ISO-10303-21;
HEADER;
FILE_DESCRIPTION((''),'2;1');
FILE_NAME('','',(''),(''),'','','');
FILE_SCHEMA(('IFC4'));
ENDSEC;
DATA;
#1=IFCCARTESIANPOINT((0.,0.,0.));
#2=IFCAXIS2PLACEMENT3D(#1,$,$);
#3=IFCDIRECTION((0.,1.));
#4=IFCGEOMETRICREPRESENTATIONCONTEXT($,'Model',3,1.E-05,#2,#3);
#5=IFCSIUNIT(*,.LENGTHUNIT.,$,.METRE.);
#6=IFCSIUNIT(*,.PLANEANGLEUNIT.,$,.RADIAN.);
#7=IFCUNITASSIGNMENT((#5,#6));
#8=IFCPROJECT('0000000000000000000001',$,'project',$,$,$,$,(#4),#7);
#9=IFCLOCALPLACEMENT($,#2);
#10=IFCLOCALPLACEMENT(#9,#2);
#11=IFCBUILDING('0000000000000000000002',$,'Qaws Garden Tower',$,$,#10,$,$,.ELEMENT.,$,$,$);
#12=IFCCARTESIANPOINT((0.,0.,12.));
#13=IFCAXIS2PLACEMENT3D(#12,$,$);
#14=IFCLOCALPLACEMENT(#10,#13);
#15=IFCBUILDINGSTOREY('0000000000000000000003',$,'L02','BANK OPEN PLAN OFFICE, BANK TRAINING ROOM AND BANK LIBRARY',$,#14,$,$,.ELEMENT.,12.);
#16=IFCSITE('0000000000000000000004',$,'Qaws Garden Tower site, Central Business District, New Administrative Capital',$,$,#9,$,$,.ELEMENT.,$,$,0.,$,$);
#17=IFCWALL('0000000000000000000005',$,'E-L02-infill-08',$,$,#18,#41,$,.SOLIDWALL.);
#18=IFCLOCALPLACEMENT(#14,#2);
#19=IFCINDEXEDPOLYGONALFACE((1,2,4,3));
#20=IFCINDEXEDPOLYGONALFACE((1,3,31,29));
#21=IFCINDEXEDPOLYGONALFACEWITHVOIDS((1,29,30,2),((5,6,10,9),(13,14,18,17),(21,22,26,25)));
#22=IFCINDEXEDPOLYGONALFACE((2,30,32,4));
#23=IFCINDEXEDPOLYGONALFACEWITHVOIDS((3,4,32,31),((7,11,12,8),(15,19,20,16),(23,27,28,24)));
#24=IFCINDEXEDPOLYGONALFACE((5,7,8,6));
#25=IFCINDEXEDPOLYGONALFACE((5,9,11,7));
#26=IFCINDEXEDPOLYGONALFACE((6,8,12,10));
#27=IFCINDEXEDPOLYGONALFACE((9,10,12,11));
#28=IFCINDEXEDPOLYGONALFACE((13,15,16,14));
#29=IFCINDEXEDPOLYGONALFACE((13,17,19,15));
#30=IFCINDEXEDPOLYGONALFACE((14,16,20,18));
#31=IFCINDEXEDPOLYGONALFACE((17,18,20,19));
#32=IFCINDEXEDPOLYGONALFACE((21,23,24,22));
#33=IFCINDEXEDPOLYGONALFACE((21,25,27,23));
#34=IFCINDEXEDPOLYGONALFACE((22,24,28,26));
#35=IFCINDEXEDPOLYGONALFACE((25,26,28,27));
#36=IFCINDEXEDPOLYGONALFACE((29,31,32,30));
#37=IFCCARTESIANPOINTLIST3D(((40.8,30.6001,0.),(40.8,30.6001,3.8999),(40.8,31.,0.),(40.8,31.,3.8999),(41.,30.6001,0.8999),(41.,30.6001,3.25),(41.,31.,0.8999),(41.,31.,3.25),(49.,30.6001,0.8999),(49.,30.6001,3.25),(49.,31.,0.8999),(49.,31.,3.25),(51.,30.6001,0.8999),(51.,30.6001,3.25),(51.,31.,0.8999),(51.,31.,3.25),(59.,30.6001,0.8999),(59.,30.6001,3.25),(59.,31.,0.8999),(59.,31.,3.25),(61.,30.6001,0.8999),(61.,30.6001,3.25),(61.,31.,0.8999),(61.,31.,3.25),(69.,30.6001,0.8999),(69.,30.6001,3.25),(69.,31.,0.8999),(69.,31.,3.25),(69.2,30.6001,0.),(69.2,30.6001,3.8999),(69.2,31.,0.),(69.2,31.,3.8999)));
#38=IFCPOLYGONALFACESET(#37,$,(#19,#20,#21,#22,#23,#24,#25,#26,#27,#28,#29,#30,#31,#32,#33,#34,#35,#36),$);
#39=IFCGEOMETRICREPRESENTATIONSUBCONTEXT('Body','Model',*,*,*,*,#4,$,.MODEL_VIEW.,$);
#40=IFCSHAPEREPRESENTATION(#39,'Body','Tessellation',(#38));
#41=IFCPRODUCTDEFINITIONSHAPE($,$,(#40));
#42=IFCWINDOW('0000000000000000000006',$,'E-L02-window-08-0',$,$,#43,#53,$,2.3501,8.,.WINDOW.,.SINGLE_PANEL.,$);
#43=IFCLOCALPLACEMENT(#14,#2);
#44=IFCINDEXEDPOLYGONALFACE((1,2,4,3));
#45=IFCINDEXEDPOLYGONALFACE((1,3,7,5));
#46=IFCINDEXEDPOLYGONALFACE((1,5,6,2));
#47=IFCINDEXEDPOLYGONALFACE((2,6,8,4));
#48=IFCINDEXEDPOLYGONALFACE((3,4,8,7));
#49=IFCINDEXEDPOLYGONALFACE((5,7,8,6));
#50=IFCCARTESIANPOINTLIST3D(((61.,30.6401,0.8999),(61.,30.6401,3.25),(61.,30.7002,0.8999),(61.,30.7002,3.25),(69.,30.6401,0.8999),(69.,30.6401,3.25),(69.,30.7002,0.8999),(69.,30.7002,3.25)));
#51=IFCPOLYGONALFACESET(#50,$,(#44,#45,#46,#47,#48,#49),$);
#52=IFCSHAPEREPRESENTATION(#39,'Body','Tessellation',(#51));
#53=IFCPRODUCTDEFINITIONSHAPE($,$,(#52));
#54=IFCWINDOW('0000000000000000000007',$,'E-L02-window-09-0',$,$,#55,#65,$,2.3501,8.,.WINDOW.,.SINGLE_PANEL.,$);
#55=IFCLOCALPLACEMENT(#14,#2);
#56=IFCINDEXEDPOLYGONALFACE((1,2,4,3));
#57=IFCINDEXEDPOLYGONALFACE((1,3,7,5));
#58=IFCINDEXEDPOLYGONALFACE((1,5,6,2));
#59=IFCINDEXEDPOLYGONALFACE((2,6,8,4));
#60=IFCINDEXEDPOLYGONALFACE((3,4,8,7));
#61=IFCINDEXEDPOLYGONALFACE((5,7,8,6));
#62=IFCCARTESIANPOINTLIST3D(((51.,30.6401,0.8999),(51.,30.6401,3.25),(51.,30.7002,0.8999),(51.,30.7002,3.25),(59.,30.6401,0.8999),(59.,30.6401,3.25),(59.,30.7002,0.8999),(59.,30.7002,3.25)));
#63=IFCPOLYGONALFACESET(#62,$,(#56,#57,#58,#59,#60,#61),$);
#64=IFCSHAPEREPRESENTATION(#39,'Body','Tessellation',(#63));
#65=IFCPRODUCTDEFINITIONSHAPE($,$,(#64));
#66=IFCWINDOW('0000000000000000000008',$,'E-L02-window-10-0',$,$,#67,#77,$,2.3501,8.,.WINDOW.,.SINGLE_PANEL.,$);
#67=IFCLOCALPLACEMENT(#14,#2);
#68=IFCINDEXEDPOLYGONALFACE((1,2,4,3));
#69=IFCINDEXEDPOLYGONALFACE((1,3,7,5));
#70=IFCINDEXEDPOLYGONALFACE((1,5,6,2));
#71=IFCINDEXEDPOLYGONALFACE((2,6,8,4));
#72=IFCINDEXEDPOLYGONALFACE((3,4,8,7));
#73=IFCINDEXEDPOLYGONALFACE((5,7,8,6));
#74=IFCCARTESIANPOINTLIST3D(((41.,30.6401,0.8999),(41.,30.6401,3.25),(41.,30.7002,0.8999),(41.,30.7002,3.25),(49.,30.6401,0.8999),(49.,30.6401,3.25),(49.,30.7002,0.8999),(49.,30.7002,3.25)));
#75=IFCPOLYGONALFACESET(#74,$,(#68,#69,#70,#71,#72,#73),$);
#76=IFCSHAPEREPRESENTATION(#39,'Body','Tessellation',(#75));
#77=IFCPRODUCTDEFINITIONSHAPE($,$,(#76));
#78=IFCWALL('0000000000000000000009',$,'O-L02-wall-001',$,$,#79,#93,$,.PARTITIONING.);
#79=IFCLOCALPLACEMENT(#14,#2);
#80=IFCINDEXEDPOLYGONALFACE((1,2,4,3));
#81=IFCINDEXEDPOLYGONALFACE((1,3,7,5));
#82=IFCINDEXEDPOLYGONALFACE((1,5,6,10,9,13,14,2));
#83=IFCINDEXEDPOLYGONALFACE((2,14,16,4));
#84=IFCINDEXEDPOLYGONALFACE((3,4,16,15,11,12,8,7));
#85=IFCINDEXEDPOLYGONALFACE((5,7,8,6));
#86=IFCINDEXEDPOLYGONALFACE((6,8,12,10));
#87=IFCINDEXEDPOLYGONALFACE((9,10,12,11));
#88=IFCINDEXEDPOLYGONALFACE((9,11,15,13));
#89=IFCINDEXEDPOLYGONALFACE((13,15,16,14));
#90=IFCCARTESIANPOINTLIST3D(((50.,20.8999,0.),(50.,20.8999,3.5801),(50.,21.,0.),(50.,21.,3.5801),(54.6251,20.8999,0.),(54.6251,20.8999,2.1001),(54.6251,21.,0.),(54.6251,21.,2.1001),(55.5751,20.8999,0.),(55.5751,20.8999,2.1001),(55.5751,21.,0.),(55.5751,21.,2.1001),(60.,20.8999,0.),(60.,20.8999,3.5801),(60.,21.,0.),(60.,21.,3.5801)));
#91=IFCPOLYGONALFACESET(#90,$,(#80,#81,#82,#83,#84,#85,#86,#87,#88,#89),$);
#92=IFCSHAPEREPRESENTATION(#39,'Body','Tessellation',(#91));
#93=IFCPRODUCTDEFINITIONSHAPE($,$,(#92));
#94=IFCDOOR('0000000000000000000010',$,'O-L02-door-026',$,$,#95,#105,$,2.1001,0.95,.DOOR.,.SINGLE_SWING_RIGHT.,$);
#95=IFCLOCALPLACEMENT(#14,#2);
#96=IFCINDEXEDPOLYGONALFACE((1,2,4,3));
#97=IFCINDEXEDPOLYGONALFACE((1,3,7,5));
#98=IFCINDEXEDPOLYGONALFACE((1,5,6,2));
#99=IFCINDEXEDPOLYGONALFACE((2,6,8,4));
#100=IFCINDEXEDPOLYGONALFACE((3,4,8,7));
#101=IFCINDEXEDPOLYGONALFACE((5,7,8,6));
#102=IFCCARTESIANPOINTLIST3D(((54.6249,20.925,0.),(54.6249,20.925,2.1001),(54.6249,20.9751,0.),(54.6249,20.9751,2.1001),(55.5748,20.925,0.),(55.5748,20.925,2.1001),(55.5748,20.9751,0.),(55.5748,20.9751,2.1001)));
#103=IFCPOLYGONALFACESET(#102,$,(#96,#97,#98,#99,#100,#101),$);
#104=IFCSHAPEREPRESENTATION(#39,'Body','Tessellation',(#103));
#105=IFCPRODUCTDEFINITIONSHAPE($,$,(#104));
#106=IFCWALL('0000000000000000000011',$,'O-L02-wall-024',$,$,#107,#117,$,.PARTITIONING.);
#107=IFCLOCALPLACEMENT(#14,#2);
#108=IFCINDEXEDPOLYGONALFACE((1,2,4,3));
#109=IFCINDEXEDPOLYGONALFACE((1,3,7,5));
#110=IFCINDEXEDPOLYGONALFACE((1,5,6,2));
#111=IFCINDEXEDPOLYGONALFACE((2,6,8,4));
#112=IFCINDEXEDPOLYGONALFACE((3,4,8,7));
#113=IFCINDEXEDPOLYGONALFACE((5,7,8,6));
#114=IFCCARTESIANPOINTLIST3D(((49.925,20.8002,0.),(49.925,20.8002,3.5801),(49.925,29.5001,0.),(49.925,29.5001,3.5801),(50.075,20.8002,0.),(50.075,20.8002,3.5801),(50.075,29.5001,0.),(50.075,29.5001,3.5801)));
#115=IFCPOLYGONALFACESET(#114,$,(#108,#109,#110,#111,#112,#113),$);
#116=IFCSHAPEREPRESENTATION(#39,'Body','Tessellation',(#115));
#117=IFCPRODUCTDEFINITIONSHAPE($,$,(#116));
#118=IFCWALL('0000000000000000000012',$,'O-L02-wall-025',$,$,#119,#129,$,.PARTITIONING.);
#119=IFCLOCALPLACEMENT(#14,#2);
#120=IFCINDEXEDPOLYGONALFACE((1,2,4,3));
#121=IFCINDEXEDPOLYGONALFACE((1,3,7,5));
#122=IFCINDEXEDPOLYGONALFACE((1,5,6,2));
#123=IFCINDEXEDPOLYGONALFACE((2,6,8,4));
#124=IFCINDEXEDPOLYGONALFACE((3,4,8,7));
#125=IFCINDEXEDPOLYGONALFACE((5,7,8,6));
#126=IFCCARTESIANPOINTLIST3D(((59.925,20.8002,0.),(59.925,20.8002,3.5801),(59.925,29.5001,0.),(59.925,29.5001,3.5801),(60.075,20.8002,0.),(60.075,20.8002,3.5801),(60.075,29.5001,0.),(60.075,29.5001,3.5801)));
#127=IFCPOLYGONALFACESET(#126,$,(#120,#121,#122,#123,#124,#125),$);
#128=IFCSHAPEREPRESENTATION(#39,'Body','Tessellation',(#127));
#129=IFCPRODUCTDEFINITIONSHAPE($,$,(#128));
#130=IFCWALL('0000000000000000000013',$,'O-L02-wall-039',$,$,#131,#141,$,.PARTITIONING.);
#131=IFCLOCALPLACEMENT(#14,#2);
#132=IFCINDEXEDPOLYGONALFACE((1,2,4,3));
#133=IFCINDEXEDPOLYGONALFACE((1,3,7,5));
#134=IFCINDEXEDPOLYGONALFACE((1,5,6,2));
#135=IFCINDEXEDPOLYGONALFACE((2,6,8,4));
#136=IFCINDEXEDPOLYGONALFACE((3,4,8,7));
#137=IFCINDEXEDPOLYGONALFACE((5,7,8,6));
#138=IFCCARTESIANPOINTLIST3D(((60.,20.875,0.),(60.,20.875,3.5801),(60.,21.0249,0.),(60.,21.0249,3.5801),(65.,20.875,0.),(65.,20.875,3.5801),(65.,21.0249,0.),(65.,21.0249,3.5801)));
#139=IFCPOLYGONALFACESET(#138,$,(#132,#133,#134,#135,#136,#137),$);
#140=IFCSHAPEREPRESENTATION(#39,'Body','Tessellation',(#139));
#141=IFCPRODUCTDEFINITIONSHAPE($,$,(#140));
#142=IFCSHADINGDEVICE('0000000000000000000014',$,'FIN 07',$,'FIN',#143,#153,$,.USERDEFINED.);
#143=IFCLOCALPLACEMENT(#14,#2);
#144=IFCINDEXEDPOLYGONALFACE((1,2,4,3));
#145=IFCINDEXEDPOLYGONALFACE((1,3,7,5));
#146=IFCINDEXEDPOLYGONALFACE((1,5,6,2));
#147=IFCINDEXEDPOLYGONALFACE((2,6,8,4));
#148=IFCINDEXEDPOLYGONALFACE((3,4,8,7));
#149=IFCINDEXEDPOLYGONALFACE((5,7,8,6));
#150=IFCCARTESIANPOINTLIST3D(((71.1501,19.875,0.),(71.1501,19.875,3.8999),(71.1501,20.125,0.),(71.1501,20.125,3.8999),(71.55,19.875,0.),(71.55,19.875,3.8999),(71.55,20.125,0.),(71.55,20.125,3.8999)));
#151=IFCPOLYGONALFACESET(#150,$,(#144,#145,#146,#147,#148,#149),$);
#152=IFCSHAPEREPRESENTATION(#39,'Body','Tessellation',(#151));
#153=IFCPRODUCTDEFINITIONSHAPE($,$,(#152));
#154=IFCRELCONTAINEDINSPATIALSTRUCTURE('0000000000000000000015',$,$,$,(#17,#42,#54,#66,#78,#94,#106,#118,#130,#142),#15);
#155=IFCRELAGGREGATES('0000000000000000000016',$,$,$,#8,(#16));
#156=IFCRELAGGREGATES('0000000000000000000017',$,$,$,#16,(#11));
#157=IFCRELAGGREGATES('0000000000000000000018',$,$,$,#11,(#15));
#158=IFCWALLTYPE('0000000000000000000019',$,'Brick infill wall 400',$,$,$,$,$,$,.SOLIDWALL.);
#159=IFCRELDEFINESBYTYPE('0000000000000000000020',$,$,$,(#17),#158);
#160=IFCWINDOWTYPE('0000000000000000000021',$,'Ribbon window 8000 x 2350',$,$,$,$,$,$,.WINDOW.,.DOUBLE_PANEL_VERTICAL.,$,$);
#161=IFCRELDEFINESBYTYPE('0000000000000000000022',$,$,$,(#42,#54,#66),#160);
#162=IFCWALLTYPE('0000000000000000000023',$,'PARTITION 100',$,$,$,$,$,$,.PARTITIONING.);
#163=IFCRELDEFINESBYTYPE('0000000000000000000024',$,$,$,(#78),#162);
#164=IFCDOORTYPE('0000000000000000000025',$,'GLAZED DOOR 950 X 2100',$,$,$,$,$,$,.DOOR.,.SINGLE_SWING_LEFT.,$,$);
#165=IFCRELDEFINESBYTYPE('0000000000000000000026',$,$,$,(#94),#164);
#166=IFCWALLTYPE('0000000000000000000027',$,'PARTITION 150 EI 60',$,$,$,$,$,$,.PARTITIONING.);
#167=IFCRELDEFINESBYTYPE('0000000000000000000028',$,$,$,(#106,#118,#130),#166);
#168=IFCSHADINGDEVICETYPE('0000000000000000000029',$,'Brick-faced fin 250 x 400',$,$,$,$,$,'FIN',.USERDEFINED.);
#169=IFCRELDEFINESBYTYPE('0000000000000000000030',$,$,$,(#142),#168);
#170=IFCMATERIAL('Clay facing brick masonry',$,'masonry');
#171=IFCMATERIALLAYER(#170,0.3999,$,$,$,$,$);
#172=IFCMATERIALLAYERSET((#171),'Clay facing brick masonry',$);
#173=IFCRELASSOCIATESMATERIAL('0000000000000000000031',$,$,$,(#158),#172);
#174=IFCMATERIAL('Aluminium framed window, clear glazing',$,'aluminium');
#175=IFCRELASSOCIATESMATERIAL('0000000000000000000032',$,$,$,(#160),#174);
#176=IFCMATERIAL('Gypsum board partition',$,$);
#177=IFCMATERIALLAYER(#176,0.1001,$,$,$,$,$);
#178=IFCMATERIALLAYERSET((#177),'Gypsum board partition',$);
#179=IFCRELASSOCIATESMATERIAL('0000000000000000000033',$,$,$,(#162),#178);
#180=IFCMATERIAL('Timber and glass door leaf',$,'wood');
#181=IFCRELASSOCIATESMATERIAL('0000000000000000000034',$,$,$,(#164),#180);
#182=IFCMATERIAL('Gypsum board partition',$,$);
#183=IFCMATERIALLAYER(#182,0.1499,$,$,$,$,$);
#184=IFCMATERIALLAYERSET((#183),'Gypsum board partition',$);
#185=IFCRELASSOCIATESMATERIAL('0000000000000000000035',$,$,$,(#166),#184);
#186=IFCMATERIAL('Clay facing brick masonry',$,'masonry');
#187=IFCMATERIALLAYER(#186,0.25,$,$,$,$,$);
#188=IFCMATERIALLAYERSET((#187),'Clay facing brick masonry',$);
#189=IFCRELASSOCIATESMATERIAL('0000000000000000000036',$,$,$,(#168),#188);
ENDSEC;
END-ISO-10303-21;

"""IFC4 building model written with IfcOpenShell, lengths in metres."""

from ifc_helpers import new_model, si_unit, direction, frame, frame_2d, origin, origin_2d, place, context, subcontext, project, spatial, rectangle, extrude, material, layer, layer_set, type_object, element, fill, save


model = new_model("IFC4")

# Units and contexts
model_context = context("Model", 3, precision=1e-05, world=origin(), true_north=direction((0.0, 1.0)))
body_context = subcontext(model_context, "Body", "Model", "MODEL_VIEW")
ifc_project = project(units=[si_unit("LENGTHUNIT", "METRE"), si_unit("PLANEANGLEUNIT", "RADIAN")], contexts=[model_context])

# Site, building, storey
site_placement = place(None, origin())
site = spatial("IfcSite", under=ifc_project, at=site_placement, Name="Qaws Garden Tower site, Central Business District, New Administrative Capital", CompositionType="ELEMENT", RefElevation=0.0)
building_placement = place(site_placement, origin())
building = spatial("IfcBuilding", under=site, at=building_placement, Name="Qaws Garden Tower", CompositionType="ELEMENT")
storey_placement = place(building_placement, frame((0.0, 0.0, 12.0)))
storey = spatial("IfcBuildingStorey", under=building, at=storey_placement, Name="L02", Description="BANK OPEN PLAN OFFICE, BANK TRAINING ROOM AND BANK LIBRARY", CompositionType="ELEMENT", Elevation=12.0)

# Wall, openings, windows
ifc_material_1 = material(Name="Clay facing brick masonry", Category="masonry")
ifc_layer_1 = layer(ifc_material_1, 0.3999)
ifc_layer_set_1 = layer_set([ifc_layer_1], Name="Clay facing brick masonry")
wall_type_1 = type_object("IfcWallType", Name="Brick infill wall 400", PredefinedType="SOLIDWALL", material=ifc_layer_set_1)
wall_1_placement = place(storey_placement, frame((69.2, 30.8, 0.0), z_axis=(0.0, 0.0, 1.0), x_axis=(-1.0, 0.0, 0.0)))
wall_1 = element("IfcWall", 1, at=wall_1_placement, inside=storey, type_object=wall_type_1, Name="E-L02-infill-08", PredefinedType="SOLIDWALL", context=body_context, shape_type="SweptSolid", body=[
    extrude(rectangle(XDim=28.3999, YDim=0.3999, at=frame_2d((14.2, 0.0))), origin(), (0.0, 0.0, 1.0), 3.8999),
])
opening_1_placement = place(wall_1_placement, frame((0.2, 0.0, 0.8999)))
opening_1 = element("IfcOpeningElement", 2, at=opening_1_placement, cuts=wall_1, PredefinedType="OPENING", context=body_context, shape_type="SweptSolid", body=[
    extrude(rectangle(XDim=8.0, YDim=2.3501, at=frame_2d((4.0, 1.175))), frame((0.0, 0.21, 0.0), z_axis=(0.0, -1.0, 0.0), x_axis=(1.0, 0.0, 0.0)), (0.0, 0.0, 1.0), 0.4199),
])
opening_2_placement = place(wall_1_placement, frame((10.2, 0.0, 0.8999)))
opening_2 = element("IfcOpeningElement", 3, at=opening_2_placement, cuts=wall_1, PredefinedType="OPENING", context=body_context, shape_type="SweptSolid", body=[
    extrude(rectangle(XDim=8.0, YDim=2.3501, at=frame_2d((4.0, 1.175))), frame((0.0, 0.21, 0.0), z_axis=(0.0, -1.0, 0.0), x_axis=(1.0, 0.0, 0.0)), (0.0, 0.0, 1.0), 0.4199),
])
opening_3_placement = place(wall_1_placement, frame((20.2, 0.0, 0.8999)))
opening_3 = element("IfcOpeningElement", 4, at=opening_3_placement, cuts=wall_1, PredefinedType="OPENING", context=body_context, shape_type="SweptSolid", body=[
    extrude(rectangle(XDim=8.0, YDim=2.3501, at=frame_2d((4.0, 1.175))), frame((0.0, 0.21, 0.0), z_axis=(0.0, -1.0, 0.0), x_axis=(1.0, 0.0, 0.0)), (0.0, 0.0, 1.0), 0.4199),
])
ifc_material_2 = material(Name="Aluminium framed window, clear glazing", Category="aluminium")
window_type = type_object("IfcWindowType", Name="Ribbon window 8000 x 2350", PartitioningType="DOUBLE_PANEL_VERTICAL", PredefinedType="WINDOW", material=ifc_material_2)
window_1_placement = place(opening_1_placement, origin())
window_1 = element("IfcWindow", 5, at=window_1_placement, inside=storey, type_object=window_type, Name="E-L02-window-08-0", OverallHeight=2.3501, OverallWidth=8.0, PartitioningType="SINGLE_PANEL", PredefinedType="WINDOW", context=body_context, shape_type="SweptSolid", body=[
    extrude(rectangle(XDim=8.0, YDim=2.3501, at=frame_2d((4.0, 1.175))), frame((0.0, 0.1599, 0.0), z_axis=(0.0, -1.0, 0.0), x_axis=(1.0, 0.0, 0.0)), (0.0, 0.0, 1.0), 0.0601),
])
fill(opening_1, window_1)
window_2_placement = place(opening_2_placement, origin())
window_2 = element("IfcWindow", 6, at=window_2_placement, inside=storey, type_object=window_type, Name="E-L02-window-09-0", OverallHeight=2.3501, OverallWidth=8.0, PartitioningType="SINGLE_PANEL", PredefinedType="WINDOW", context=body_context, shape_type="SweptSolid", body=[
    extrude(rectangle(XDim=8.0, YDim=2.3501, at=frame_2d((4.0, 1.175))), frame((0.0, 0.1599, 0.0), z_axis=(0.0, -1.0, 0.0), x_axis=(1.0, 0.0, 0.0)), (0.0, 0.0, 1.0), 0.0601),
])
fill(opening_2, window_2)
window_3_placement = place(opening_3_placement, origin())
window_3 = element("IfcWindow", 7, at=window_3_placement, inside=storey, type_object=window_type, Name="E-L02-window-10-0", OverallHeight=2.3501, OverallWidth=8.0, PartitioningType="SINGLE_PANEL", PredefinedType="WINDOW", context=body_context, shape_type="SweptSolid", body=[
    extrude(rectangle(XDim=8.0, YDim=2.3501, at=frame_2d((4.0, 1.175))), frame((0.0, 0.1599, 0.0), z_axis=(0.0, -1.0, 0.0), x_axis=(1.0, 0.0, 0.0)), (0.0, 0.0, 1.0), 0.0601),
])
fill(opening_3, window_3)

# Wall, opening, door
ifc_material_3 = material(Name="Gypsum board partition")
ifc_layer_2 = layer(ifc_material_3, 0.1001)
ifc_layer_set_2 = layer_set([ifc_layer_2], Name="Gypsum board partition")
wall_type_2 = type_object("IfcWallType", Name="PARTITION 100", PredefinedType="PARTITIONING", material=ifc_layer_set_2)
wall_2_placement = place(storey_placement, frame((50.0, 20.95, 0.0), z_axis=(0.0, 0.0, 1.0), x_axis=(1.0, 0.0, 0.0)))
wall_2 = element("IfcWall", 8, at=wall_2_placement, inside=storey, type_object=wall_type_2, Name="O-L02-wall-001", PredefinedType="PARTITIONING", context=body_context, shape_type="SweptSolid", body=[
    extrude(rectangle(XDim=10.0, YDim=0.1001, at=frame_2d((5.0, 0.0))), origin(), (0.0, 0.0, 1.0), 3.5801),
])
opening_4_placement = place(wall_2_placement, frame((4.625, 0.0, 0.0)))
opening_4 = element("IfcOpeningElement", 9, at=opening_4_placement, cuts=wall_2, PredefinedType="OPENING", context=body_context, shape_type="SweptSolid", body=[
    extrude(rectangle(XDim=0.95, YDim=2.1001, at=frame_2d((0.4751, 1.05))), frame((0.0, 0.0601, 0.0), z_axis=(0.0, -1.0, 0.0), x_axis=(1.0, 0.0, 0.0)), (0.0, 0.0, 1.0), 0.1201),
])
ifc_material_4 = material(Name="Timber and glass door leaf", Category="wood")
door_type = type_object("IfcDoorType", Name="GLAZED DOOR 950 X 2100", OperationType="SINGLE_SWING_LEFT", PredefinedType="DOOR", material=ifc_material_4)
door_placement = place(opening_4_placement, frame((0.95, 0.0, 0.0), z_axis=(0.0, 0.0, 1.0), x_axis=(-1.0, 0.0, 0.0)))
door = element("IfcDoor", 10, at=door_placement, inside=storey, type_object=door_type, Name="O-L02-door-026", OperationType="SINGLE_SWING_RIGHT", OverallHeight=2.1001, OverallWidth=0.95, PredefinedType="DOOR", context=body_context, shape_type="SweptSolid", body=[
    extrude(rectangle(XDim=0.95, YDim=2.1001, at=frame_2d((0.4751, 1.05))), frame((0.0, 0.0249, 0.0), z_axis=(0.0, -1.0, 0.0), x_axis=(1.0, 0.0, 0.0)), (0.0, 0.0, 1.0), 0.05),
])
fill(opening_4, door)

# Walls
ifc_material_5 = material(Name="Gypsum board partition")
ifc_layer_3 = layer(ifc_material_5, 0.1499)
ifc_layer_set_3 = layer_set([ifc_layer_3], Name="Gypsum board partition")
wall_type_3 = type_object("IfcWallType", Name="PARTITION 150 EI 60", PredefinedType="PARTITIONING", material=ifc_layer_set_3)
for number, where, z_axis, x_axis, name in (
    (11, (50.0, 20.8, 0.0), (0.0, 0.0, 1.0), (0.0, 1.0, 0.0), "O-L02-wall-024"),
    (12, (60.0, 20.8, 0.0), (0.0, 0.0, 1.0), (0.0, 1.0, 0.0), "O-L02-wall-025"),
):
    element("IfcWall", number, at=place(storey_placement, frame(where, z_axis=z_axis, x_axis=x_axis)), inside=storey, type_object=wall_type_3, Name=name, PredefinedType="PARTITIONING", context=body_context, shape_type="SweptSolid", body=[
        extrude(rectangle(XDim=8.7, YDim=0.1499, at=frame_2d((4.3501, 0.0))), origin(), (0.0, 0.0, 1.0), 3.5801),
    ])
wall_3_placement = place(storey_placement, frame((60.0, 20.95, 0.0), z_axis=(0.0, 0.0, 1.0), x_axis=(1.0, 0.0, 0.0)))
element("IfcWall", 13, at=wall_3_placement, inside=storey, type_object=wall_type_3, Name="O-L02-wall-039", PredefinedType="PARTITIONING", context=body_context, shape_type="SweptSolid", body=[
    extrude(rectangle(XDim=5.0, YDim=0.1499, at=frame_2d((2.5, 0.0))), origin(), (0.0, 0.0, 1.0), 3.5801),
])

# Shading device
ifc_material_6 = material(Name="Clay facing brick masonry", Category="masonry")
ifc_layer_4 = layer(ifc_material_6, 0.25)
ifc_layer_set_4 = layer_set([ifc_layer_4], Name="Clay facing brick masonry")
shading_device_type = type_object("IfcShadingDeviceType", Name="Brick-faced fin 250 x 400", ElementType="FIN", PredefinedType="USERDEFINED", material=ifc_layer_set_4)
shading_device_placement = place(storey_placement, frame((71.3501, 20.0, 0.0), z_axis=(0.0, 0.0, 1.0), x_axis=(0.0, 1.0, 0.0)))
element("IfcShadingDevice", 14, at=shading_device_placement, inside=storey, type_object=shading_device_type, Name="FIN 07", ObjectType="FIN", PredefinedType="USERDEFINED", context=body_context, shape_type="SweptSolid", body=[
    extrude(rectangle(XDim=0.25, YDim=0.3999, at=origin_2d()), origin(), (0.0, 0.0, 1.0), 3.8999),
])

save(model, "model.ifc")
